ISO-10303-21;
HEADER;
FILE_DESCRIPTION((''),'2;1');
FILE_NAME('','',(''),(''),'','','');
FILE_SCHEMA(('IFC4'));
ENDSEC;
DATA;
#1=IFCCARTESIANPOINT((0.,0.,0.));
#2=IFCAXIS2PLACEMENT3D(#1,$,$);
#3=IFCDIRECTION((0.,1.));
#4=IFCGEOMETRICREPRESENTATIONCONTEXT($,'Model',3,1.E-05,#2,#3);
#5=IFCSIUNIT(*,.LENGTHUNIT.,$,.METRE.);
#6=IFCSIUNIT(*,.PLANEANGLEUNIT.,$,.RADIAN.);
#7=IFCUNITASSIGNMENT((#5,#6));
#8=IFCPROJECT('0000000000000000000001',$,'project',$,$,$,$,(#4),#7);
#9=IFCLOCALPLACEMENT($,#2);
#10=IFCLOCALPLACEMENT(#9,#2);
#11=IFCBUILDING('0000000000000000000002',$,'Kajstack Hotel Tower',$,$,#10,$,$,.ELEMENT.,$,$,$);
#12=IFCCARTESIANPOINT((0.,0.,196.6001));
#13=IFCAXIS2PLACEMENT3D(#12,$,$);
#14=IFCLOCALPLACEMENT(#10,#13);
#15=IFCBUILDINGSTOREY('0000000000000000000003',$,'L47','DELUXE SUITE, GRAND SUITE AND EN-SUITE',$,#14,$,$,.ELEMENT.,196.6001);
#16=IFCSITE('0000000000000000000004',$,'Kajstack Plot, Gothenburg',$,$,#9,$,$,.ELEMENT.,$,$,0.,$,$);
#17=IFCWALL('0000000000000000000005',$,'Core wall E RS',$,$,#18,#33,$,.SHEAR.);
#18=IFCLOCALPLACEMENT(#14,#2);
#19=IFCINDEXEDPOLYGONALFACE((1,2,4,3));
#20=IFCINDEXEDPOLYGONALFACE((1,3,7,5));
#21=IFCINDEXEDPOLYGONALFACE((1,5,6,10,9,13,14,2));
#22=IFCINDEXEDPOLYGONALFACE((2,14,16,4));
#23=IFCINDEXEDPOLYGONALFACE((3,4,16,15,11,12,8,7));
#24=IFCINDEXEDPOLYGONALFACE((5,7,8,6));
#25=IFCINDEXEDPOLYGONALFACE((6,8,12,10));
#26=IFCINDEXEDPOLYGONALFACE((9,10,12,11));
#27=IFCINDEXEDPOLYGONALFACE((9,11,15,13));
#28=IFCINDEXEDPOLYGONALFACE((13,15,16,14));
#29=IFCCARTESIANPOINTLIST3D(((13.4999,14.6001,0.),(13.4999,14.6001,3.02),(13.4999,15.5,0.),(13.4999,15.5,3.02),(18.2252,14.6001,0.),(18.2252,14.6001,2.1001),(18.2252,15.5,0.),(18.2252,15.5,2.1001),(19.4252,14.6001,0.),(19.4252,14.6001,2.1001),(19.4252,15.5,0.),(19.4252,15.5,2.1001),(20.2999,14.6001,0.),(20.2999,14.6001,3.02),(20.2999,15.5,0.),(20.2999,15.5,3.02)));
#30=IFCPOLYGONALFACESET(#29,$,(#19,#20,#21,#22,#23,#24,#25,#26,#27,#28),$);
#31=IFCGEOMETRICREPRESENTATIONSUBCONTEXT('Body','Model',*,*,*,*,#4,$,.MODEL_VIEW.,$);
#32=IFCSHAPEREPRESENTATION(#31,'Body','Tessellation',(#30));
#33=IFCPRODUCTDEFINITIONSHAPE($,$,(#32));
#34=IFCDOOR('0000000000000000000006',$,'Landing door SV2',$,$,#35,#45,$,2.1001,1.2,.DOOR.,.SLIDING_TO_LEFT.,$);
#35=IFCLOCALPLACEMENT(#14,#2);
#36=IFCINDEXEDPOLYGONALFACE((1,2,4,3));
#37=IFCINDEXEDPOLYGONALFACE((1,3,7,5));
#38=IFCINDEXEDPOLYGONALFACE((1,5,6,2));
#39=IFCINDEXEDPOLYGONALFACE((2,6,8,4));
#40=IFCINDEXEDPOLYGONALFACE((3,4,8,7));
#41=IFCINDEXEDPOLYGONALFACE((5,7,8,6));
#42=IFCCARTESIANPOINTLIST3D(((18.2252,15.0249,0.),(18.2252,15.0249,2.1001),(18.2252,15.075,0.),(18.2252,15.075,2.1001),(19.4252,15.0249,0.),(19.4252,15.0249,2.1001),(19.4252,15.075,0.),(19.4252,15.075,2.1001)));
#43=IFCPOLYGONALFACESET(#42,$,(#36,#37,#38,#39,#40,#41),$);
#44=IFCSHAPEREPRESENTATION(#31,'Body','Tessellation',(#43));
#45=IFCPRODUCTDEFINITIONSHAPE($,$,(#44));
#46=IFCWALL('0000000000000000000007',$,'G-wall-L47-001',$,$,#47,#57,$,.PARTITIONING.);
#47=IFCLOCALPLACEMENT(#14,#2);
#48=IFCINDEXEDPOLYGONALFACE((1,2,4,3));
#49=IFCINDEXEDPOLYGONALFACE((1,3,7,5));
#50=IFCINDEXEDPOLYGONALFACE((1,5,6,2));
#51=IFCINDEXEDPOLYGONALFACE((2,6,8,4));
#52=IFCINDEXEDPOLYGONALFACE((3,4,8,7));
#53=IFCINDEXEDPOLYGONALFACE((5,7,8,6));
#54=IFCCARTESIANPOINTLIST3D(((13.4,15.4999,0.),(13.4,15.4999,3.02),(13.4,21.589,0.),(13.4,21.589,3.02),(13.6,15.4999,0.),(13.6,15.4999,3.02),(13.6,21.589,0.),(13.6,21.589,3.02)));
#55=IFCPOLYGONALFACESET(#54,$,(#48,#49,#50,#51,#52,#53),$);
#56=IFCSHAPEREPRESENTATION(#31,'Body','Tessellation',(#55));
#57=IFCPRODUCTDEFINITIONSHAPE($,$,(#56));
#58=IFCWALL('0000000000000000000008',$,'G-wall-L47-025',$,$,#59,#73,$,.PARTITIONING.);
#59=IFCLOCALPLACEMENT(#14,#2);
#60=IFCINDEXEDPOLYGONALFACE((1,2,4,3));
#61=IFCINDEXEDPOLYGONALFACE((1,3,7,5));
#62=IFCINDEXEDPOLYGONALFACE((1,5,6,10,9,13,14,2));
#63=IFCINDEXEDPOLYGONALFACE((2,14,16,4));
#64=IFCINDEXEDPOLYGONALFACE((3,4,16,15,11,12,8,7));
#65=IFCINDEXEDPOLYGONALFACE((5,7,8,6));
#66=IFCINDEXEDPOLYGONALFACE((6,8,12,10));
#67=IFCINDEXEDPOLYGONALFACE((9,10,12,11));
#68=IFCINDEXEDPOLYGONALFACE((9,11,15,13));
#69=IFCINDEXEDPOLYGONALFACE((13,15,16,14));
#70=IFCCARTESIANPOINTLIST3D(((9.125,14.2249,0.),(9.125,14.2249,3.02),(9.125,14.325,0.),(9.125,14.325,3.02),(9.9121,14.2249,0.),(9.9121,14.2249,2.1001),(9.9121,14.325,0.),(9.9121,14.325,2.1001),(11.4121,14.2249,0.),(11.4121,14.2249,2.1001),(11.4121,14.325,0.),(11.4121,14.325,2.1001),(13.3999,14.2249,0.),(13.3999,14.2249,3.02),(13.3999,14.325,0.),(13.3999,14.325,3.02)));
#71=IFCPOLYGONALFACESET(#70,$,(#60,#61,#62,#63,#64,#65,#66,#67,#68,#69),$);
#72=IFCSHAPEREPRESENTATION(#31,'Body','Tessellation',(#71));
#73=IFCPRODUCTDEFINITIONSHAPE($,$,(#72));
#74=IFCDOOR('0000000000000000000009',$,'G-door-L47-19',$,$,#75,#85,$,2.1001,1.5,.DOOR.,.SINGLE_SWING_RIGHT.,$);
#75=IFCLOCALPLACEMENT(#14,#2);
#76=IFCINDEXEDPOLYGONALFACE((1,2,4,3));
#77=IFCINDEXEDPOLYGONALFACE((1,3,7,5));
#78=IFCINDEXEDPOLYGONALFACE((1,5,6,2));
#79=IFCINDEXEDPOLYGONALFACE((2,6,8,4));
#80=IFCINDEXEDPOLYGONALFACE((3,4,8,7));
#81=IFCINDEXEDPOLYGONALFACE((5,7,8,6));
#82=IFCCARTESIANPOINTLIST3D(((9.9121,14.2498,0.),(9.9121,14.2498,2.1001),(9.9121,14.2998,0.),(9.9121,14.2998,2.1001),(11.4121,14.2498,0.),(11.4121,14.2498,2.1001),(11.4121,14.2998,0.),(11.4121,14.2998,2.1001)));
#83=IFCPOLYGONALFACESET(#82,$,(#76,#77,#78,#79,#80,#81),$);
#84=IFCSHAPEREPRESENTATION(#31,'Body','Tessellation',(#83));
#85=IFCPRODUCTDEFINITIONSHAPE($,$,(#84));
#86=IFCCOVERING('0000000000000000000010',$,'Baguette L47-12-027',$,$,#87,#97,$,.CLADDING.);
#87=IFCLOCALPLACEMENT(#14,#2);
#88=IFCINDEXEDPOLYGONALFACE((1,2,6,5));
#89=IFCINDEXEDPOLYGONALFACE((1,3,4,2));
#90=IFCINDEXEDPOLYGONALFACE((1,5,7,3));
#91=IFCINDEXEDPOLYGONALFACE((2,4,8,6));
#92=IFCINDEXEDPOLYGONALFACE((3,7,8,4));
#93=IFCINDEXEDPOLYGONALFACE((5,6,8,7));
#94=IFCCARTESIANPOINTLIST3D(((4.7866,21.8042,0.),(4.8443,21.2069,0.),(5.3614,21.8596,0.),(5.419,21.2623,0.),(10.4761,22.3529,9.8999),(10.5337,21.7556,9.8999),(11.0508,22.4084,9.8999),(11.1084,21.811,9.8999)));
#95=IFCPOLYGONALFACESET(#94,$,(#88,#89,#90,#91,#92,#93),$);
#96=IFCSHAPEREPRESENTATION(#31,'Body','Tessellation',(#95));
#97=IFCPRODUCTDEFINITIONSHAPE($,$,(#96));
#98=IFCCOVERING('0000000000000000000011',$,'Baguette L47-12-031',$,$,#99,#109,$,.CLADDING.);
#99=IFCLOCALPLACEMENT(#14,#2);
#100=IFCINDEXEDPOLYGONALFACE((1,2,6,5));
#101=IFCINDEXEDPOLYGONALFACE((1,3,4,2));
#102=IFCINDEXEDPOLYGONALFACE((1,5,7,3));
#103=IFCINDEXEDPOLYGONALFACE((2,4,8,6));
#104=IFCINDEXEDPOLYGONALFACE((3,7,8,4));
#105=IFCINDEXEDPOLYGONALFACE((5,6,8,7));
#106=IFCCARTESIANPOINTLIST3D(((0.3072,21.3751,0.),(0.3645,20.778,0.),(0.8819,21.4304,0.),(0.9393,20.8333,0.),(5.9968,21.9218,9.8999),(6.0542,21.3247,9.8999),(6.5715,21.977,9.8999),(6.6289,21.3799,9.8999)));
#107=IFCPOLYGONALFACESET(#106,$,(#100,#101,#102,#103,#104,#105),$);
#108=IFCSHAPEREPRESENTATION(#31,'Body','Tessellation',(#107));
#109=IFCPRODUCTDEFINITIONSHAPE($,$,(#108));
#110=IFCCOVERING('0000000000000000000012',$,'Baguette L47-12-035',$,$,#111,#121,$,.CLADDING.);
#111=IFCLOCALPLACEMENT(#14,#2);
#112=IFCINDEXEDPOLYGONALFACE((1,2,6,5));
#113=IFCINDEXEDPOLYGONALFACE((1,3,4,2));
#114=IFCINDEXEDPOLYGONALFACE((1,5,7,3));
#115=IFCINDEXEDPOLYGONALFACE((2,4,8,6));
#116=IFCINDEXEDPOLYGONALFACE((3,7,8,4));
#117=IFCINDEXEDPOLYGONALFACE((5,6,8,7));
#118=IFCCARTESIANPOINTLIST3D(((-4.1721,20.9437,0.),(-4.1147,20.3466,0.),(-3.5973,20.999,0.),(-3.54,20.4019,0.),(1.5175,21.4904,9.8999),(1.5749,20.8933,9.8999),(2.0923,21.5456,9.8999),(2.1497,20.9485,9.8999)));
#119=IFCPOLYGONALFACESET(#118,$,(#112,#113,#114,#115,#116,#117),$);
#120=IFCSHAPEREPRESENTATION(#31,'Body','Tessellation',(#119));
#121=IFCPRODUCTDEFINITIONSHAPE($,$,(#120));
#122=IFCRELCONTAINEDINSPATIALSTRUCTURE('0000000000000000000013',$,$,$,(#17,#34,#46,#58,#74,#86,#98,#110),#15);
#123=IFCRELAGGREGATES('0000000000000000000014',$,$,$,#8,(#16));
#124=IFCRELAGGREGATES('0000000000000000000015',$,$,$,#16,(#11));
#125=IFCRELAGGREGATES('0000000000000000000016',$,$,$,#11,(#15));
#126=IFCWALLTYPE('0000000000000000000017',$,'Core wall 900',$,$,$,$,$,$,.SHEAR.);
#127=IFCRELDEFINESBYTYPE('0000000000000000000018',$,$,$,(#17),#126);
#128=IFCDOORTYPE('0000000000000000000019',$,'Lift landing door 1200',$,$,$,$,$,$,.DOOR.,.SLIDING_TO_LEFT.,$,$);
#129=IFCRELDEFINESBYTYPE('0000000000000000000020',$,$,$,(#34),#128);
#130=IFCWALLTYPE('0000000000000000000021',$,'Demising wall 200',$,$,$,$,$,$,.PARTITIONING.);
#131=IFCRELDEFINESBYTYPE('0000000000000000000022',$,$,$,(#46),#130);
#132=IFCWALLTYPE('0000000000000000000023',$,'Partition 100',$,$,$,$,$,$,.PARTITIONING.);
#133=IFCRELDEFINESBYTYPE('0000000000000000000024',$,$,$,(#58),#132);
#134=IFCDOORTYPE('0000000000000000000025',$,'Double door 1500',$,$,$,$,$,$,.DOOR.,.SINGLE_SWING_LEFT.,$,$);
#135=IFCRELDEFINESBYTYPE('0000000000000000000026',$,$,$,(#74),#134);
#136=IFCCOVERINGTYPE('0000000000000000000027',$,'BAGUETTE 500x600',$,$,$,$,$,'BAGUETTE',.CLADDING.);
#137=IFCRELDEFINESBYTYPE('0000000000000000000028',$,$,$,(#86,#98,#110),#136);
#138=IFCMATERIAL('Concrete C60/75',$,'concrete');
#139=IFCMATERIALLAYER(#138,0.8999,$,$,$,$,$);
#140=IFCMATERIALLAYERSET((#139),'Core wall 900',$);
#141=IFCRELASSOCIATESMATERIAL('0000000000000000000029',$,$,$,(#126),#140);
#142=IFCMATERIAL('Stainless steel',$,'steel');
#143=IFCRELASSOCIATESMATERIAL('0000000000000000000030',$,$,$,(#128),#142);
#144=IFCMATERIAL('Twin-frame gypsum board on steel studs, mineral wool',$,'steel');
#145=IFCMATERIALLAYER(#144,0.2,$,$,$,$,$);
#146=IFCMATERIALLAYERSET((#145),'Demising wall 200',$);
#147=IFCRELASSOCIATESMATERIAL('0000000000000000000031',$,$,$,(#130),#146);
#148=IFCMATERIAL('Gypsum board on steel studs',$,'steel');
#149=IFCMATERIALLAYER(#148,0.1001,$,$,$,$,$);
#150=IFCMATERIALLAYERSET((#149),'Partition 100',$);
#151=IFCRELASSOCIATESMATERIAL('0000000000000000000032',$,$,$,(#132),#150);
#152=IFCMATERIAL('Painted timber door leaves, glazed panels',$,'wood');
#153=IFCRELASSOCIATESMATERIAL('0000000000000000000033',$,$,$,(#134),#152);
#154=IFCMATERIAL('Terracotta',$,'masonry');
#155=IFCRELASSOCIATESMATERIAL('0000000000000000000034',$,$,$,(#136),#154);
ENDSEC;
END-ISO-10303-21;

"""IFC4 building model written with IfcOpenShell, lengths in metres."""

from ifc_helpers import new_model, si_unit, direction, frame, frame_2d, origin, origin_2d, place, context, subcontext, project, spatial, polyline, rectangle, outline, extrude, material, layer, layer_set, material_profile, profile_set, type_object, element, fill, save


model = new_model("IFC4")

# Units and contexts
model_context = context("Model", 3, precision=1e-05, world=origin(), true_north=direction((0.0, 1.0)))
body_context = subcontext(model_context, "Body", "Model", "MODEL_VIEW")
ifc_project = project(units=[si_unit("LENGTHUNIT", "METRE"), si_unit("PLANEANGLEUNIT", "RADIAN")], contexts=[model_context])

# Site, building, storey
site_placement = place(None, origin())
site = spatial("IfcSite", under=ifc_project, at=site_placement, Name="Kajstack Plot, Gothenburg", CompositionType="ELEMENT", RefElevation=0.0)
building_placement = place(site_placement, origin())
building = spatial("IfcBuilding", under=site, at=building_placement, Name="Kajstack Hotel Tower", CompositionType="ELEMENT")
storey_placement = place(building_placement, frame((0.0, 0.0, 196.6001)))
storey = spatial("IfcBuildingStorey", under=building, at=storey_placement, Name="L47", Description="DELUXE SUITE, GRAND SUITE AND EN-SUITE", CompositionType="ELEMENT", Elevation=196.6001)

# Wall, opening, door
ifc_material_1 = material(Name="Concrete C60/75", Category="concrete")
ifc_layer_1 = layer(ifc_material_1, 0.8999)
ifc_layer_set_1 = layer_set([ifc_layer_1], Name="Core wall 900")
wall_type_1 = type_object("IfcWallType", Name="Core wall 900", PredefinedType="SHEAR", material=ifc_layer_set_1)
wall_1_placement = place(storey_placement, frame((13.5, 15.05, 0.0), z_axis=(0.0, 0.0, 1.0), x_axis=(1.0, 0.0, 0.0)))
wall_1 = element("IfcWall", 1, at=wall_1_placement, inside=storey, type_object=wall_type_1, Name="Core wall E RS", PredefinedType="SHEAR", context=body_context, shape_type="SweptSolid", body=[
    extrude(rectangle(XDim=6.8, YDim=0.8999, at=frame_2d((3.3999, 0.0))), origin(), (0.0, 0.0, 1.0), 3.02),
])
opening_1_placement = place(wall_1_placement, frame((4.7251, 0.0, 0.0)))
opening_1 = element("IfcOpeningElement", 2, at=opening_1_placement, cuts=wall_1, PredefinedType="OPENING", context=body_context, shape_type="SweptSolid", body=[
    extrude(rectangle(XDim=1.2, YDim=2.1001, at=frame_2d((0.6001, 1.05))), frame((0.0, 0.46, 0.0), z_axis=(0.0, -1.0, 0.0), x_axis=(1.0, 0.0, 0.0)), (0.0, 0.0, 1.0), 0.9199),
])
ifc_material_2 = material(Name="Stainless steel", Category="steel")
door_type_1 = type_object("IfcDoorType", Name="Lift landing door 1200", OperationType="SLIDING_TO_LEFT", PredefinedType="DOOR", material=ifc_material_2)
door_1_placement = place(opening_1_placement, origin())
door_1 = element("IfcDoor", 3, at=door_1_placement, inside=storey, type_object=door_type_1, Name="Landing door SV2", OperationType="SLIDING_TO_LEFT", OverallHeight=2.1001, OverallWidth=1.2, PredefinedType="DOOR", context=body_context, shape_type="SweptSolid", body=[
    extrude(rectangle(XDim=1.2, YDim=2.1001, at=frame_2d((0.6001, 1.05))), frame((0.0, 0.0249, 0.0), z_axis=(0.0, -1.0, 0.0), x_axis=(1.0, 0.0, 0.0)), (0.0, 0.0, 1.0), 0.05),
])
fill(opening_1, door_1)

# Wall
ifc_material_3 = material(Name="Twin-frame gypsum board on steel studs, mineral wool", Category="steel")
ifc_layer_2 = layer(ifc_material_3, 0.2)
ifc_layer_set_2 = layer_set([ifc_layer_2], Name="Demising wall 200")
wall_type_2 = type_object("IfcWallType", Name="Demising wall 200", PredefinedType="PARTITIONING", material=ifc_layer_set_2)
wall_2_placement = place(storey_placement, frame((13.5, 15.5, 0.0), z_axis=(0.0, 0.0, 1.0), x_axis=(0.0, 1.0, 0.0)))
element("IfcWall", 4, at=wall_2_placement, inside=storey, type_object=wall_type_2, Name="G-wall-L47-001", PredefinedType="PARTITIONING", context=body_context, shape_type="SweptSolid", body=[
    extrude(rectangle(XDim=6.0891, YDim=0.2, at=frame_2d((3.0444, 0.0))), origin(), (0.0, 0.0, 1.0), 3.02),
])

# Wall, opening, door
ifc_material_4 = material(Name="Gypsum board on steel studs", Category="steel")
ifc_layer_3 = layer(ifc_material_4, 0.1001)
ifc_layer_set_3 = layer_set([ifc_layer_3], Name="Partition 100")
wall_type_3 = type_object("IfcWallType", Name="Partition 100", PredefinedType="PARTITIONING", material=ifc_layer_set_3)
wall_3_placement = place(storey_placement, frame((9.125, 14.2749, 0.0), z_axis=(0.0, 0.0, 1.0), x_axis=(1.0, 0.0, 0.0)))
wall_3 = element("IfcWall", 5, at=wall_3_placement, inside=storey, type_object=wall_type_3, Name="G-wall-L47-025", PredefinedType="PARTITIONING", context=body_context, shape_type="SweptSolid", body=[
    extrude(rectangle(XDim=4.2749, YDim=0.1001, at=frame_2d((2.1375, 0.0))), origin(), (0.0, 0.0, 1.0), 3.02),
])
opening_2_placement = place(wall_3_placement, frame((0.7871, 0.0, 0.0)))
opening_2 = element("IfcOpeningElement", 6, at=opening_2_placement, cuts=wall_3, PredefinedType="OPENING", context=body_context, shape_type="SweptSolid", body=[
    extrude(rectangle(XDim=1.5, YDim=2.1001, at=frame_2d((0.75, 1.05))), frame((0.0, 0.0601, 0.0), z_axis=(0.0, -1.0, 0.0), x_axis=(1.0, 0.0, 0.0)), (0.0, 0.0, 1.0), 0.1201),
])
ifc_material_5 = material(Name="Painted timber door leaves, glazed panels", Category="wood")
door_type_2 = type_object("IfcDoorType", Name="Double door 1500", OperationType="SINGLE_SWING_LEFT", PredefinedType="DOOR", material=ifc_material_5)
door_2_placement = place(opening_2_placement, origin())
door_2 = element("IfcDoor", 7, at=door_2_placement, inside=storey, type_object=door_type_2, Name="G-door-L47-19", OperationType="SINGLE_SWING_RIGHT", OverallHeight=2.1001, OverallWidth=1.5, PredefinedType="DOOR", context=body_context, shape_type="SweptSolid", body=[
    extrude(rectangle(XDim=1.5, YDim=2.1001, at=frame_2d((0.75, 1.05))), frame((0.0, 0.0249, 0.0), z_axis=(0.0, -1.0, 0.0), x_axis=(1.0, 0.0, 0.0)), (0.0, 0.0, 1.0), 0.05),
])
fill(opening_2, door_2)

# Coverings
ifc_material_6 = material(Name="Terracotta", Category="masonry")
ifc_material_profile = material_profile(ifc_material_6, rectangle(XDim=0.6001, YDim=0.5, at=origin_2d()), Name="Terracotta-clad concrete baguette 500 x 600")
ifc_profile_set = profile_set([ifc_material_profile], Name="Terracotta")
covering_type = type_object("IfcCoveringType", Name="BAGUETTE 500x600", ElementType="BAGUETTE", PredefinedType="CLADDING", material=ifc_profile_set)
covering_placement = place(storey_placement, frame((11.1084, 21.811, 0.0), z_axis=(-0.095999, 0.995381, 0.0), x_axis=(-0.995381, -0.095999, 0.0)))
element("IfcCovering", 8, at=covering_placement, inside=storey, type_object=covering_type, Name="Baguette L47-12-027", PredefinedType="CLADDING", context=body_context, shape_type="SweptSolid", body=[
    extrude(outline(polyline([(0.0, 9.8999), (5.7158, 0.0), (6.2932, 0.0), (0.5774, 9.8999), (0.0, 9.8999)])), origin(), (0.0, 0.0, 1.0), 0.6001),
])
for number, where, z_axis, x_axis, name in (
    (9, (6.6289, 21.3799, 0.0), (-0.095635, 0.995416, 0.0), (-0.995416, -0.095635, 0.0), "Baguette L47-12-031"),
    (10, (2.1497, 20.9485, 0.0), (-0.095635, 0.995416, 0.0), (-0.995416, -0.095635, 0.0), "Baguette L47-12-035"),
):
    element("IfcCovering", number, at=place(storey_placement, frame(where, z_axis=z_axis, x_axis=x_axis)), inside=storey, type_object=covering_type, Name=name, PredefinedType="CLADDING", context=body_context, shape_type="SweptSolid", body=[
        extrude(outline(polyline([(0.0, 9.8999), (5.7158, 0.0), (6.2932, 0.0), (0.5774, 9.8999), (0.0, 9.8999)])), origin(), (0.0, 0.0, 1.0), 0.5999),
    ])

save(model, "model.ifc")
